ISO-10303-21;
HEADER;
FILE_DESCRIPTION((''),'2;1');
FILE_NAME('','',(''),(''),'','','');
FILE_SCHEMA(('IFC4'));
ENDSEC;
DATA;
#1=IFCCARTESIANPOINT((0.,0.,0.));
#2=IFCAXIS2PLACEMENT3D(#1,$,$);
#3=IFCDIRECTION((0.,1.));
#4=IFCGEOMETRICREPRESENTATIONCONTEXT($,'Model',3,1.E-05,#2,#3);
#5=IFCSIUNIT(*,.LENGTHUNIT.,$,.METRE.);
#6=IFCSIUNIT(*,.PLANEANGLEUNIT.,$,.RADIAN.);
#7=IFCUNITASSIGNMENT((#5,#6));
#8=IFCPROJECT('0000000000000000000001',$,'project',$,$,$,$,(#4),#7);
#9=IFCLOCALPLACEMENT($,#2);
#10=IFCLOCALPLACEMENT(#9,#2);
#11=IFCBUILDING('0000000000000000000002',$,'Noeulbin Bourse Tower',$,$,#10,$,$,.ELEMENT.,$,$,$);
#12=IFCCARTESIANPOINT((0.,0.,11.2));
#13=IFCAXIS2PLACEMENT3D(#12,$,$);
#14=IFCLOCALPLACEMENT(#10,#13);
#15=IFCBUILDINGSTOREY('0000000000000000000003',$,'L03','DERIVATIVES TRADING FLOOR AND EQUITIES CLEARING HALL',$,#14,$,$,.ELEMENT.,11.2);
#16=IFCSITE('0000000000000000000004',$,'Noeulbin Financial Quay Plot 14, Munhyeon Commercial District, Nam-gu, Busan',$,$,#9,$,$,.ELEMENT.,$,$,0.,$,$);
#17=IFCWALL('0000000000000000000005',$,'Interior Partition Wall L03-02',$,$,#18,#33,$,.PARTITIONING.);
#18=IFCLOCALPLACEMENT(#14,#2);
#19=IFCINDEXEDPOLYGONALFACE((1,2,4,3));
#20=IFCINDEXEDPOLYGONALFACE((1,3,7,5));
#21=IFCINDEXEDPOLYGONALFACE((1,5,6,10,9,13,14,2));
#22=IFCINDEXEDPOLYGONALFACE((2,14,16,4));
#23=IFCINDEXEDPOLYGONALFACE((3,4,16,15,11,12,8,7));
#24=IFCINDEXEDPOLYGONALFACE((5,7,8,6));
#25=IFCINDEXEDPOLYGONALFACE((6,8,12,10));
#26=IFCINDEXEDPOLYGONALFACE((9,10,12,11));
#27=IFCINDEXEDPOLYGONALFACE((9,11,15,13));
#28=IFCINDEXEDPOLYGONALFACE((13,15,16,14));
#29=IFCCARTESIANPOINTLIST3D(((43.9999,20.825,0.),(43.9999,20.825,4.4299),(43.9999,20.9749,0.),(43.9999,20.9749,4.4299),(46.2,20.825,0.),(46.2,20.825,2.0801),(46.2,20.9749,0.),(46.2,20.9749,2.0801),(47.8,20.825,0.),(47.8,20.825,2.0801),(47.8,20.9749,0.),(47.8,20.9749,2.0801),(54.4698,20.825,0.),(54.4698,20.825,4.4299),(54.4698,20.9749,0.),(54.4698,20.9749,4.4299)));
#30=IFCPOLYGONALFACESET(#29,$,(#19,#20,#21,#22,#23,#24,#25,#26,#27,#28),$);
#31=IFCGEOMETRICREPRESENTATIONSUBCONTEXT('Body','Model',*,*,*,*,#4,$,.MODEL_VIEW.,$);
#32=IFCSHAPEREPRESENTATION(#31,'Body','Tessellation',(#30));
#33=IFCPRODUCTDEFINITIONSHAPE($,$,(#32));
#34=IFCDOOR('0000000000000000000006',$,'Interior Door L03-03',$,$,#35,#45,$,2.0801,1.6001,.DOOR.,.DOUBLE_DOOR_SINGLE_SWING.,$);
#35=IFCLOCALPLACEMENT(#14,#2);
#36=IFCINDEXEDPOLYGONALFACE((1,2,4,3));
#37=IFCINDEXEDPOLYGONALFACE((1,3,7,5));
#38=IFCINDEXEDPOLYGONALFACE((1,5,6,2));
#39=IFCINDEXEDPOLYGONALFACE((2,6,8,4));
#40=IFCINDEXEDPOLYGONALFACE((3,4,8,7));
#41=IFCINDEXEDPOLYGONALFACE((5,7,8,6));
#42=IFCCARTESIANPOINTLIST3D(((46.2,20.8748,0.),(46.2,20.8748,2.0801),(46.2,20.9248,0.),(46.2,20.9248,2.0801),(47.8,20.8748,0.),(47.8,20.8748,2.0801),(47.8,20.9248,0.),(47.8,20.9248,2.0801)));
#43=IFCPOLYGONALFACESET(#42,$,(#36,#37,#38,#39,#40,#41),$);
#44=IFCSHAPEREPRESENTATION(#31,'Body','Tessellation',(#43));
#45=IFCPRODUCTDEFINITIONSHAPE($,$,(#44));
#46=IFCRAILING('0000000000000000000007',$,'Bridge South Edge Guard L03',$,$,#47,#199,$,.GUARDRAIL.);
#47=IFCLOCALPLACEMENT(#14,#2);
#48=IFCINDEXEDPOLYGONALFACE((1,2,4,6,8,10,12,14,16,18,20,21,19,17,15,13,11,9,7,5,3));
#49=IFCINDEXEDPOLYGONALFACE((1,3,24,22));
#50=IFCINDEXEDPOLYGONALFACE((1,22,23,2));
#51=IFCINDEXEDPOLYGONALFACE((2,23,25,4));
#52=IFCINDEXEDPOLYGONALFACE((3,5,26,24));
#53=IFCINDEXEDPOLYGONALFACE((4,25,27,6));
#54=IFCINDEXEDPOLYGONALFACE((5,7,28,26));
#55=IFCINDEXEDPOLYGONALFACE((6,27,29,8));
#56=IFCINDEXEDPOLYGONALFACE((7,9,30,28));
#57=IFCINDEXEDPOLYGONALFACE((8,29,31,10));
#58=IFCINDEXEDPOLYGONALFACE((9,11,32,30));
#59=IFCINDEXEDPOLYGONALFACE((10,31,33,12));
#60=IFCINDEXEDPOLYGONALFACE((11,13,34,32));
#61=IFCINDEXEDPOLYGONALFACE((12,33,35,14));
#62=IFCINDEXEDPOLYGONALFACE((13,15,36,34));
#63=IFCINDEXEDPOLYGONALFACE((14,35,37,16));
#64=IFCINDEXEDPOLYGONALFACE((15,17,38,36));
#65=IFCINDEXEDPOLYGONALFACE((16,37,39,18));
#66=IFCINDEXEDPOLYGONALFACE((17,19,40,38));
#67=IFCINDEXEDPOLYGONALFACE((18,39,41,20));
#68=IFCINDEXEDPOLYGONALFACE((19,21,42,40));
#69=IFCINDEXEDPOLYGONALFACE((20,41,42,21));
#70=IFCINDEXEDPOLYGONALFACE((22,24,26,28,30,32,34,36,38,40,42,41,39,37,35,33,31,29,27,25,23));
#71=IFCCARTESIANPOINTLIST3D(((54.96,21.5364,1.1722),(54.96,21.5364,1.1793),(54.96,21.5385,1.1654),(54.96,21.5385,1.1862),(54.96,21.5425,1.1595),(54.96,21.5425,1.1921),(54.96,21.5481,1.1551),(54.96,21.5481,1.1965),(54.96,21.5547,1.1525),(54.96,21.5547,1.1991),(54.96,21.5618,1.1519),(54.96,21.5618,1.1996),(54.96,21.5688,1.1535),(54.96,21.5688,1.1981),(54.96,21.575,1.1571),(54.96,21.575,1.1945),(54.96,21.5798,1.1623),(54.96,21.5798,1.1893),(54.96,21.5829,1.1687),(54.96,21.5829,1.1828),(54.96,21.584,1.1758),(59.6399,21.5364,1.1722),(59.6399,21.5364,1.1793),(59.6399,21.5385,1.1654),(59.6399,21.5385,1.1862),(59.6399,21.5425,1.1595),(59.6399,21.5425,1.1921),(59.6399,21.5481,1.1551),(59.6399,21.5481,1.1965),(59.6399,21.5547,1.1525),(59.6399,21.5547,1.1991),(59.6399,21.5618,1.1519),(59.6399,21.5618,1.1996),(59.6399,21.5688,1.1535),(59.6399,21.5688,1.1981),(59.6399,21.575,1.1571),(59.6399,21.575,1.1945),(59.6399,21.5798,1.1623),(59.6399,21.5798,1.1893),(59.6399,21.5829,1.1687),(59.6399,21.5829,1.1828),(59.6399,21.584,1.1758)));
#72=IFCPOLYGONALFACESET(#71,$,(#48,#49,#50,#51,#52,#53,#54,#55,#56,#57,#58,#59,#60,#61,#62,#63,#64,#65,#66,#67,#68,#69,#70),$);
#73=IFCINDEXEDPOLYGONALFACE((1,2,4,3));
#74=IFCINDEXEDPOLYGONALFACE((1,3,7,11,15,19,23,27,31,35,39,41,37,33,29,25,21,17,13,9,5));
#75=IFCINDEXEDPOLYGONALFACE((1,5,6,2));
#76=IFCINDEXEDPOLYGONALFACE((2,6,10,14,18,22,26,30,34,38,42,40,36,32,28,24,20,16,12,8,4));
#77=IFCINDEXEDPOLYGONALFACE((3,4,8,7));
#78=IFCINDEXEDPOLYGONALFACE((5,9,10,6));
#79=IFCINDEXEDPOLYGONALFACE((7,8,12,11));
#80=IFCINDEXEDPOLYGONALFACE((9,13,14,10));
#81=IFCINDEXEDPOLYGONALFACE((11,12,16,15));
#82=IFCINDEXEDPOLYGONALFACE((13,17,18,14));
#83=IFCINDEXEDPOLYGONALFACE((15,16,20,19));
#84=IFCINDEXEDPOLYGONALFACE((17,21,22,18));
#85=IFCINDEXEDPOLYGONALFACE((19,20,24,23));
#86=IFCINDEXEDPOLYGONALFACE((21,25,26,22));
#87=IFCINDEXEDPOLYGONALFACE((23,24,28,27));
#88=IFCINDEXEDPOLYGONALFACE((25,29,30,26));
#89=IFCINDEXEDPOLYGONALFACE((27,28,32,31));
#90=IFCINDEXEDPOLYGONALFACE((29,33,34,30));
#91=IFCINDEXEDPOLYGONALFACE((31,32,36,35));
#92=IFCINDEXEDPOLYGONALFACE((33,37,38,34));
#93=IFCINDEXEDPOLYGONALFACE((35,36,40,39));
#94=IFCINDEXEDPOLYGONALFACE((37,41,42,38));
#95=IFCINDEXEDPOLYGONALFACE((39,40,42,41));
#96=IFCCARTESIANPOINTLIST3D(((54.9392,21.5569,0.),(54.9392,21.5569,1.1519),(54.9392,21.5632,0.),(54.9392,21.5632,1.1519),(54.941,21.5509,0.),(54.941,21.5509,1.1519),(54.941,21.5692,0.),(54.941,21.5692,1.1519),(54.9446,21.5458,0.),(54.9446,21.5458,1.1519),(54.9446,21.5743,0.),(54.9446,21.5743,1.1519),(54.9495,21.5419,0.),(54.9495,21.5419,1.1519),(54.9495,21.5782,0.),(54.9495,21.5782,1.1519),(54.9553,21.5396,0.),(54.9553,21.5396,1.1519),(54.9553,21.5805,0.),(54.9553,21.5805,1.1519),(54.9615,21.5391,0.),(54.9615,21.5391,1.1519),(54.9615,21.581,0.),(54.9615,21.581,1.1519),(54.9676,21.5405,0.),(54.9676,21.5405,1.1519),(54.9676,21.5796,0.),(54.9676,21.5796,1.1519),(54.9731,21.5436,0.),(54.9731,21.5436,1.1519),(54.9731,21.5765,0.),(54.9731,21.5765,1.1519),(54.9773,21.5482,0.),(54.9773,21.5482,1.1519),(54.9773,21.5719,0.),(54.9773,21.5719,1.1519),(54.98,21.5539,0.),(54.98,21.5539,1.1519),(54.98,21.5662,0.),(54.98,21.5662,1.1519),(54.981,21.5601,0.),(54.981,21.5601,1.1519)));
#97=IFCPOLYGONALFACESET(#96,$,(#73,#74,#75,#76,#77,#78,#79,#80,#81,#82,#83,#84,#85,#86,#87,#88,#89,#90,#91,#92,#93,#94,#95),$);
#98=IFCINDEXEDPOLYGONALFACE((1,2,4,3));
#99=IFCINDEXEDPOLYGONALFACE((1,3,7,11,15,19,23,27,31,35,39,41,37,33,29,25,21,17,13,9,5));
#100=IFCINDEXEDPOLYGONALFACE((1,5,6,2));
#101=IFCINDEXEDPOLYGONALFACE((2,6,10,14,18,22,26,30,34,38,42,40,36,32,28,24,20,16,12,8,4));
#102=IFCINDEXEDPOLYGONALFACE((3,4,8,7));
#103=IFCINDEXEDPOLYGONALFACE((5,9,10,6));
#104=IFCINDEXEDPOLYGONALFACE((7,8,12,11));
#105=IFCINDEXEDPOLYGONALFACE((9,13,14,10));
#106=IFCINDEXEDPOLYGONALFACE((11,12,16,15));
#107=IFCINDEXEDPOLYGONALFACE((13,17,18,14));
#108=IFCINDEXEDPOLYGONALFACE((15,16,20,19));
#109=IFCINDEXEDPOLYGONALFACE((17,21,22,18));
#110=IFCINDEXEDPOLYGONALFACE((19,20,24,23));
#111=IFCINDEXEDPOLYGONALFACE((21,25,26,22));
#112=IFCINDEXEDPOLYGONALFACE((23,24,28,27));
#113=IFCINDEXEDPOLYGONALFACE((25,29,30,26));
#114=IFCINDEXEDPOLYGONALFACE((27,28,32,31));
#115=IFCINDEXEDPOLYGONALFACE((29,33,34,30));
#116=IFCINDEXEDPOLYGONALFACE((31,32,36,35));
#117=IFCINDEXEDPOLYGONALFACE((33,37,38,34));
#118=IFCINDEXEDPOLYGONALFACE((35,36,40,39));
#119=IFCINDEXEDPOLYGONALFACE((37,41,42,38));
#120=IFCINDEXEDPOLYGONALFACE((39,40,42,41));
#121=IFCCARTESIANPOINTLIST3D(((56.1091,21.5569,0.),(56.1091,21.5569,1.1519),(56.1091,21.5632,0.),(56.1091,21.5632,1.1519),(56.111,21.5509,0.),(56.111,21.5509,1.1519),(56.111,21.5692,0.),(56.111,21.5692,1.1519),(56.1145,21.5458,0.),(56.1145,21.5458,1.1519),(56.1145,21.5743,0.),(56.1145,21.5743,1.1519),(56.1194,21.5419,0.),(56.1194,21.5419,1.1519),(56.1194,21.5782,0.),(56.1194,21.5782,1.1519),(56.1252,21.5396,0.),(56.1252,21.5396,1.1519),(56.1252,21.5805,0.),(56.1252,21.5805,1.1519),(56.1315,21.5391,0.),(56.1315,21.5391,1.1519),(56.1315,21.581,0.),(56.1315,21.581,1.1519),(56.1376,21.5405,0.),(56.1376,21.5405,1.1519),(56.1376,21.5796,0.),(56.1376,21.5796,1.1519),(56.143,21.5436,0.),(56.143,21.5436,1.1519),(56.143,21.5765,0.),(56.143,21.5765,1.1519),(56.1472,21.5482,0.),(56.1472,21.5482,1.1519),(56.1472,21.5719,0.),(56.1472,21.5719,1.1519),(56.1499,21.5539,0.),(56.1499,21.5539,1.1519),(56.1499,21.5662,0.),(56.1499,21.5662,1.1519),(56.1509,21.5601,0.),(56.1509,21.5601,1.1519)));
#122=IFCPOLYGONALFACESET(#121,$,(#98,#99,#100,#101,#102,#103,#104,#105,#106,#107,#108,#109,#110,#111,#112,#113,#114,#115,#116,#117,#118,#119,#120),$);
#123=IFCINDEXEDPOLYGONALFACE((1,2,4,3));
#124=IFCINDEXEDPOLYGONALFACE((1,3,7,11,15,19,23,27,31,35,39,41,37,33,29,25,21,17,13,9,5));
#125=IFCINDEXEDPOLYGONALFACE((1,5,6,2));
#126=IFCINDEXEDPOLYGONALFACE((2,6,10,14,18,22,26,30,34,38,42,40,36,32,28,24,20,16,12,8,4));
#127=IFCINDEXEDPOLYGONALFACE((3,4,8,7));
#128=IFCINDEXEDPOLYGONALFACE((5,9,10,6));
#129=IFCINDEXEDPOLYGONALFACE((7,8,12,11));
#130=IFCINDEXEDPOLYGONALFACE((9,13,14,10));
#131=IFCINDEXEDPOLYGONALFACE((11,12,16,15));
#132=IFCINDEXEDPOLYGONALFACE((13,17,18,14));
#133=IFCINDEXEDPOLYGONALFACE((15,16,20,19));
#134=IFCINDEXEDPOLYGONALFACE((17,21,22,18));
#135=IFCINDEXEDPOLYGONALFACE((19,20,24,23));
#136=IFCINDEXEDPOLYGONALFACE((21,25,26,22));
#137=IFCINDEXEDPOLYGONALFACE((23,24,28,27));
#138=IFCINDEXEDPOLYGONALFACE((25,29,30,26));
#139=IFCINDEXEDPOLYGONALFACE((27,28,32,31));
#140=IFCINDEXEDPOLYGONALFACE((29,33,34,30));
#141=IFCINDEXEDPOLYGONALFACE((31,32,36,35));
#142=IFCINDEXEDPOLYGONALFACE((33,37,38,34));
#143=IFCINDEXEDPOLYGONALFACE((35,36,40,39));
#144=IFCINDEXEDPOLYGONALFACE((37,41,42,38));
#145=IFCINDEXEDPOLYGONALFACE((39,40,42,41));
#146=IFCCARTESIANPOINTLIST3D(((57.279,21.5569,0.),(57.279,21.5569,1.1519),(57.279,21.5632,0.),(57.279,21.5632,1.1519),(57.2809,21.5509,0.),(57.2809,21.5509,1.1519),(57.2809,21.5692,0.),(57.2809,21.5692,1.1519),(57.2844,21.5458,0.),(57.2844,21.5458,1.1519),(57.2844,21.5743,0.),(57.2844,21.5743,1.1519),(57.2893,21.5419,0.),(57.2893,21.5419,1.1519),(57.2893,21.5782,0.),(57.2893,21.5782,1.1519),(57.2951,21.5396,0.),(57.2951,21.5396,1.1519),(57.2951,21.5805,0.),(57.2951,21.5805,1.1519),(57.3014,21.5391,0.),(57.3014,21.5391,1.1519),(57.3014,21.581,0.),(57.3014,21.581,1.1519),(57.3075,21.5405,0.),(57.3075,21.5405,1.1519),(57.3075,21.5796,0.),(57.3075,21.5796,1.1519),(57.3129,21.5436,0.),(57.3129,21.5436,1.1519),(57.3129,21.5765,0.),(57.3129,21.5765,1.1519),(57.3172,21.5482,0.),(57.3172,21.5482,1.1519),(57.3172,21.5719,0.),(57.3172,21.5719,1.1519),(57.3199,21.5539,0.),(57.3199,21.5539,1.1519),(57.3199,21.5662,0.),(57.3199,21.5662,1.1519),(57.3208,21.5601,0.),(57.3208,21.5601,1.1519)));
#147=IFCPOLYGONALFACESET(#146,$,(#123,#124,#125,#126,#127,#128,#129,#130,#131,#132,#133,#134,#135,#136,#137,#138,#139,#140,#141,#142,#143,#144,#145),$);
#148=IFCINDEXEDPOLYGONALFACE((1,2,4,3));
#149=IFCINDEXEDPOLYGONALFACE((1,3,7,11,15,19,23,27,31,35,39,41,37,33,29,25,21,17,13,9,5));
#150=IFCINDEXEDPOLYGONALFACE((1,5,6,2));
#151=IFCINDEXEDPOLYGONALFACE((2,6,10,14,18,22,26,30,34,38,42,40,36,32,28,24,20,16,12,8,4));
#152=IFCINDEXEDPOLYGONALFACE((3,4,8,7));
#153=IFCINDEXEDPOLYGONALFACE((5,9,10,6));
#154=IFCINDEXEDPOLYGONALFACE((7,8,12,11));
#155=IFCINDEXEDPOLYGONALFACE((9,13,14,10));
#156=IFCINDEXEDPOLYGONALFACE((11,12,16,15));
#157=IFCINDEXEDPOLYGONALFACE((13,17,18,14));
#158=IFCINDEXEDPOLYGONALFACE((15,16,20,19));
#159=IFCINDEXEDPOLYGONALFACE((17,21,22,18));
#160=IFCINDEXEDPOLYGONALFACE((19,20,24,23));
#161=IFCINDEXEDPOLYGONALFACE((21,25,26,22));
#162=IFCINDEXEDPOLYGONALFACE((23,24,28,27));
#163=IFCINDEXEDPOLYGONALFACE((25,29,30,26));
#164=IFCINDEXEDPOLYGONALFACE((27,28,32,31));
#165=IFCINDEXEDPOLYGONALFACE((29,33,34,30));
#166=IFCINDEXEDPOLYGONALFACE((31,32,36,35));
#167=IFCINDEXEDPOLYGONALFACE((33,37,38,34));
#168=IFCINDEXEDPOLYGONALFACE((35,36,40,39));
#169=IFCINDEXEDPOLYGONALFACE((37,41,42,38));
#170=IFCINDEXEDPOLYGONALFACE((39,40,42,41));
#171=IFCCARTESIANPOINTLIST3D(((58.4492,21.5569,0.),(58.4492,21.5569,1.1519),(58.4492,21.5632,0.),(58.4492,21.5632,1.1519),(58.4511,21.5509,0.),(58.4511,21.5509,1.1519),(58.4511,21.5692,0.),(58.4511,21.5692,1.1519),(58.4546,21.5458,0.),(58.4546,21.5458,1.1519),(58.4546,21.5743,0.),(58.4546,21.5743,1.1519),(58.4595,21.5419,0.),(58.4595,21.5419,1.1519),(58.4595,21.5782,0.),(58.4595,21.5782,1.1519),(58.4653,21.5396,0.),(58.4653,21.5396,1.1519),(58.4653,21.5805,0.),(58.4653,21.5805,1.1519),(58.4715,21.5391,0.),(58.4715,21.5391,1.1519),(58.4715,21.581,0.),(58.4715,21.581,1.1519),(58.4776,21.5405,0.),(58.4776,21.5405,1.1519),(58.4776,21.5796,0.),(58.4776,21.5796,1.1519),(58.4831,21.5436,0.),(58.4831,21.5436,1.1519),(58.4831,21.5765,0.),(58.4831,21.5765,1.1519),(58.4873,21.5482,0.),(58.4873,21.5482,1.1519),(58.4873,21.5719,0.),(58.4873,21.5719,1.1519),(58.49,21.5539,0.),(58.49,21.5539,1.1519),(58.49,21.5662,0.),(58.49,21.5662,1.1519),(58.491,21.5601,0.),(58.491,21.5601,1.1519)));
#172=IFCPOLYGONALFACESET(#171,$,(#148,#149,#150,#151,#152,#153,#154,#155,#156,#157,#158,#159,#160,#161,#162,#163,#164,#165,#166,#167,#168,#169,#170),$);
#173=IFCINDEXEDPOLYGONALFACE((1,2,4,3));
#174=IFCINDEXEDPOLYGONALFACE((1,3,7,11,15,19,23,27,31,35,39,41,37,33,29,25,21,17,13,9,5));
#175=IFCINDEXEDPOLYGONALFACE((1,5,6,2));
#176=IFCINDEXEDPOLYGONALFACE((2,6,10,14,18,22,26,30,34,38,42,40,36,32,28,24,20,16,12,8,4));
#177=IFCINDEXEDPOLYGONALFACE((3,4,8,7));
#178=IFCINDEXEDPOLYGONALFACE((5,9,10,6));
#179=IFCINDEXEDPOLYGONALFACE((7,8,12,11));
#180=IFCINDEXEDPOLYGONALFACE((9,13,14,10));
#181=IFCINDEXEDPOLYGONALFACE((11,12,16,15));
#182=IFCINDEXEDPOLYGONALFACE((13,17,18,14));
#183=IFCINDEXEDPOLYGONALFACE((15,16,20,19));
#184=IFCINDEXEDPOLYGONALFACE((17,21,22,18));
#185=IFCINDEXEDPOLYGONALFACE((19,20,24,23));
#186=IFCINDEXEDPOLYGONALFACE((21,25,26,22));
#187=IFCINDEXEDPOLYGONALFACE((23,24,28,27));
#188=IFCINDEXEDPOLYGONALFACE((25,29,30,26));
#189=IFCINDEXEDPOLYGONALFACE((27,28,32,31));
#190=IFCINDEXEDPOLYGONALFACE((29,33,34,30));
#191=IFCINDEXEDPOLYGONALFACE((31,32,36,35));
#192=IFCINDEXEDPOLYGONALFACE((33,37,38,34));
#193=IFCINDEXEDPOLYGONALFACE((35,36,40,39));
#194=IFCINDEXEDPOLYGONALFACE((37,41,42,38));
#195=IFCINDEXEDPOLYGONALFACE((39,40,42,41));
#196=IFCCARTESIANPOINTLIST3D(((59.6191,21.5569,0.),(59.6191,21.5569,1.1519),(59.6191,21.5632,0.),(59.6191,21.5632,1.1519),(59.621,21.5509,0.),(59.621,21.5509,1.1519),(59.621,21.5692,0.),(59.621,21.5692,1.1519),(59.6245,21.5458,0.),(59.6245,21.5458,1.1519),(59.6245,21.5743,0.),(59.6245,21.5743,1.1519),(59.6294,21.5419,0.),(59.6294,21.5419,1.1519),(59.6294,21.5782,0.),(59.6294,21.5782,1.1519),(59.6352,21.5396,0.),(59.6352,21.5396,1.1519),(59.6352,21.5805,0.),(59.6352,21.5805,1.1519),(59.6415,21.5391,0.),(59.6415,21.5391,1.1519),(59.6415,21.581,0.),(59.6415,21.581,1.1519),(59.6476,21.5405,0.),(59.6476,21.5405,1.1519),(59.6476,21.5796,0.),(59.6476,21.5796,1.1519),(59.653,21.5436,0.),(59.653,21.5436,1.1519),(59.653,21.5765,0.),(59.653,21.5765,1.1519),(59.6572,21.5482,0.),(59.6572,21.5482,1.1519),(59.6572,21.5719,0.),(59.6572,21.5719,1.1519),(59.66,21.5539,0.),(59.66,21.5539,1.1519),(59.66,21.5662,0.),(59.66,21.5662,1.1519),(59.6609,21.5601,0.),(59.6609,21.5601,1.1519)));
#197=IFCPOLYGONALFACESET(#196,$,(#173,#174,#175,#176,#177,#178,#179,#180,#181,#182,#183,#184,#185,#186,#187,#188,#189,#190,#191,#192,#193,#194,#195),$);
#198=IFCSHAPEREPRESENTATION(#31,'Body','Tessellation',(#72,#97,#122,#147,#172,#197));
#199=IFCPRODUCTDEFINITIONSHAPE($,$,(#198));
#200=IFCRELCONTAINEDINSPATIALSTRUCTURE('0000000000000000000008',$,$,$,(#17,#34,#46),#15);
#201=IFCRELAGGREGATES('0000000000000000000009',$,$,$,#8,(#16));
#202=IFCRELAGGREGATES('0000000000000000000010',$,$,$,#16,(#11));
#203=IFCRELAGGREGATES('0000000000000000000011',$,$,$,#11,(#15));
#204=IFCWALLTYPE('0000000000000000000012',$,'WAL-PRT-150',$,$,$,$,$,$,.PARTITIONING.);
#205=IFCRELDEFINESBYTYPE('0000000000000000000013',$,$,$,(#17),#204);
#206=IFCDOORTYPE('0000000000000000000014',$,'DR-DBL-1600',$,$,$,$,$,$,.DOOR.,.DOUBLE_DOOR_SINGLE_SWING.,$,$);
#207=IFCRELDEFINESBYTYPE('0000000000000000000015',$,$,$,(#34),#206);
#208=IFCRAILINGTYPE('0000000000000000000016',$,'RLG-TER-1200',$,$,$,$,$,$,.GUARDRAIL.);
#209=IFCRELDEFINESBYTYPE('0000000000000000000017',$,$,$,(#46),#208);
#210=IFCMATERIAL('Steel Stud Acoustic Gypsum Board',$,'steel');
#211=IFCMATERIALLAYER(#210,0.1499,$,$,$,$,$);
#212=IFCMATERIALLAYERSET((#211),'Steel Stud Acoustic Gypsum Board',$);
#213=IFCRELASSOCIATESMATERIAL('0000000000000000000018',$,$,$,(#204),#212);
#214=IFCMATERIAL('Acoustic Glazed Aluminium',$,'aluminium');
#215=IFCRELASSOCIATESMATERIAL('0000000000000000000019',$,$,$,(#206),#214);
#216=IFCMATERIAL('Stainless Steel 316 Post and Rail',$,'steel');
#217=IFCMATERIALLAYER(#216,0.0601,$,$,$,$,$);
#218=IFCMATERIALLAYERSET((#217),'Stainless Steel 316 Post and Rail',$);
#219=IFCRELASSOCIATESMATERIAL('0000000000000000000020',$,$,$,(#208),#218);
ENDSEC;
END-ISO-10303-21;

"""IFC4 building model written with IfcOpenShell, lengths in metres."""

from ifc_helpers import new_model, si_unit, direction, frame, frame_2d, origin, origin_2d, place, context, subcontext, project, spatial, rectangle, circle, extrude, material, layer, layer_set, type_object, element, fill, save


model = new_model("IFC4")

# Units and contexts
model_context = context("Model", 3, precision=1e-05, world=origin(), true_north=direction((0.0, 1.0)))
body_context = subcontext(model_context, "Body", "Model", "MODEL_VIEW")
ifc_project = project(units=[si_unit("LENGTHUNIT", "METRE"), si_unit("PLANEANGLEUNIT", "RADIAN")], contexts=[model_context])

# Site, building, storey
site_placement = place(None, origin())
site = spatial("IfcSite", under=ifc_project, at=site_placement, Name="Noeulbin Financial Quay Plot 14, Munhyeon Commercial District, Nam-gu, Busan", CompositionType="ELEMENT", RefElevation=0.0)
building_placement = place(site_placement, origin())
building = spatial("IfcBuilding", under=site, at=building_placement, Name="Noeulbin Bourse Tower", CompositionType="ELEMENT")
storey_placement = place(building_placement, frame((0.0, 0.0, 11.2)))
storey = spatial("IfcBuildingStorey", under=building, at=storey_placement, Name="L03", Description="DERIVATIVES TRADING FLOOR AND EQUITIES CLEARING HALL", CompositionType="ELEMENT", Elevation=11.2)

# Wall, opening, door
ifc_material_1 = material(Name="Steel Stud Acoustic Gypsum Board", Category="steel")
ifc_layer_1 = layer(ifc_material_1, 0.1499)
ifc_layer_set_1 = layer_set([ifc_layer_1], Name="Steel Stud Acoustic Gypsum Board")
wall_type = type_object("IfcWallType", Name="WAL-PRT-150", PredefinedType="PARTITIONING", material=ifc_layer_set_1)
wall_placement = place(storey_placement, frame((44.0, 20.8999, 0.0), z_axis=(0.0, 0.0, 1.0), x_axis=(1.0, 0.0, 0.0)))
wall = element("IfcWall", 1, at=wall_placement, inside=storey, type_object=wall_type, Name="Interior Partition Wall L03-02", PredefinedType="PARTITIONING", context=body_context, shape_type="SweptSolid", body=[
    extrude(rectangle(XDim=10.47, YDim=0.1499, at=frame_2d((5.2349, 0.0))), origin(), (0.0, 0.0, 1.0), 4.4299),
])
opening_placement = place(wall_placement, frame((2.2, 0.0, 0.0)))
opening = element("IfcOpeningElement", 2, at=opening_placement, cuts=wall, PredefinedType="OPENING", context=body_context, shape_type="SweptSolid", body=[
    extrude(rectangle(XDim=1.6001, YDim=2.0801, at=frame_2d((0.8, 1.04))), frame((0.0, 0.085, 0.0), z_axis=(0.0, -1.0, 0.0), x_axis=(1.0, 0.0, 0.0)), (0.0, 0.0, 1.0), 0.1699),
])
ifc_material_2 = material(Name="Acoustic Glazed Aluminium", Category="aluminium")
door_type = type_object("IfcDoorType", Name="DR-DBL-1600", OperationType="DOUBLE_DOOR_SINGLE_SWING", PredefinedType="DOOR", material=ifc_material_2)
door_placement = place(opening_placement, origin())
door = element("IfcDoor", 3, at=door_placement, inside=storey, type_object=door_type, Name="Interior Door L03-03", OperationType="DOUBLE_DOOR_SINGLE_SWING", OverallHeight=2.0801, OverallWidth=1.6001, PredefinedType="DOOR", context=body_context, shape_type="SweptSolid", body=[
    extrude(rectangle(XDim=1.6001, YDim=2.0801, at=frame_2d((0.8, 1.04))), frame((0.0, 0.0249, 0.0), z_axis=(0.0, -1.0, 0.0), x_axis=(1.0, 0.0, 0.0)), (0.0, 0.0, 1.0), 0.05),
])
fill(opening, door)

# Railing
ifc_material_3 = material(Name="Stainless Steel 316 Post and Rail", Category="steel")
ifc_layer_2 = layer(ifc_material_3, 0.0601)
ifc_layer_set_2 = layer_set([ifc_layer_2], Name="Stainless Steel 316 Post and Rail")
railing_type = type_object("IfcRailingType", Name="RLG-TER-1200", PredefinedType="GUARDRAIL", material=ifc_layer_set_2)
for number, where, name in (
    (4, (54.96, 21.5601, 0.0), "Bridge South Edge Guard L03"),
):
    element("IfcRailing", number, at=place(storey_placement, frame(where)), inside=storey, type_object=railing_type, Name=name, PredefinedType="GUARDRAIL", context=body_context, shape_type="SweptSolid", body=[
        extrude(circle(Radius=0.0239, at=origin_2d()), frame((0.0, 0.0, 1.1758), z_axis=(1.0, 0.0, 0.0), x_axis=(0.0, 1.0, 0.0)), (0.0, 0.0, 1.0), 4.6799),
        extrude(circle(Radius=0.021, at=origin_2d()), origin(), (0.0, 0.0, 1.0), 1.1519),
        extrude(circle(Radius=0.021, at=origin_2d()), frame((1.1699, 0.0, 0.0)), (0.0, 0.0, 1.0), 1.1519),
        extrude(circle(Radius=0.021, at=origin_2d()), frame((2.3398, 0.0, 0.0)), (0.0, 0.0, 1.0), 1.1519),
        extrude(circle(Radius=0.021, at=origin_2d()), frame((3.51, 0.0, 0.0)), (0.0, 0.0, 1.0), 1.1519),
        extrude(circle(Radius=0.021, at=origin_2d()), frame((4.6799, 0.0, 0.0)), (0.0, 0.0, 1.0), 1.1519),
    ])

save(model, "model.ifc")
